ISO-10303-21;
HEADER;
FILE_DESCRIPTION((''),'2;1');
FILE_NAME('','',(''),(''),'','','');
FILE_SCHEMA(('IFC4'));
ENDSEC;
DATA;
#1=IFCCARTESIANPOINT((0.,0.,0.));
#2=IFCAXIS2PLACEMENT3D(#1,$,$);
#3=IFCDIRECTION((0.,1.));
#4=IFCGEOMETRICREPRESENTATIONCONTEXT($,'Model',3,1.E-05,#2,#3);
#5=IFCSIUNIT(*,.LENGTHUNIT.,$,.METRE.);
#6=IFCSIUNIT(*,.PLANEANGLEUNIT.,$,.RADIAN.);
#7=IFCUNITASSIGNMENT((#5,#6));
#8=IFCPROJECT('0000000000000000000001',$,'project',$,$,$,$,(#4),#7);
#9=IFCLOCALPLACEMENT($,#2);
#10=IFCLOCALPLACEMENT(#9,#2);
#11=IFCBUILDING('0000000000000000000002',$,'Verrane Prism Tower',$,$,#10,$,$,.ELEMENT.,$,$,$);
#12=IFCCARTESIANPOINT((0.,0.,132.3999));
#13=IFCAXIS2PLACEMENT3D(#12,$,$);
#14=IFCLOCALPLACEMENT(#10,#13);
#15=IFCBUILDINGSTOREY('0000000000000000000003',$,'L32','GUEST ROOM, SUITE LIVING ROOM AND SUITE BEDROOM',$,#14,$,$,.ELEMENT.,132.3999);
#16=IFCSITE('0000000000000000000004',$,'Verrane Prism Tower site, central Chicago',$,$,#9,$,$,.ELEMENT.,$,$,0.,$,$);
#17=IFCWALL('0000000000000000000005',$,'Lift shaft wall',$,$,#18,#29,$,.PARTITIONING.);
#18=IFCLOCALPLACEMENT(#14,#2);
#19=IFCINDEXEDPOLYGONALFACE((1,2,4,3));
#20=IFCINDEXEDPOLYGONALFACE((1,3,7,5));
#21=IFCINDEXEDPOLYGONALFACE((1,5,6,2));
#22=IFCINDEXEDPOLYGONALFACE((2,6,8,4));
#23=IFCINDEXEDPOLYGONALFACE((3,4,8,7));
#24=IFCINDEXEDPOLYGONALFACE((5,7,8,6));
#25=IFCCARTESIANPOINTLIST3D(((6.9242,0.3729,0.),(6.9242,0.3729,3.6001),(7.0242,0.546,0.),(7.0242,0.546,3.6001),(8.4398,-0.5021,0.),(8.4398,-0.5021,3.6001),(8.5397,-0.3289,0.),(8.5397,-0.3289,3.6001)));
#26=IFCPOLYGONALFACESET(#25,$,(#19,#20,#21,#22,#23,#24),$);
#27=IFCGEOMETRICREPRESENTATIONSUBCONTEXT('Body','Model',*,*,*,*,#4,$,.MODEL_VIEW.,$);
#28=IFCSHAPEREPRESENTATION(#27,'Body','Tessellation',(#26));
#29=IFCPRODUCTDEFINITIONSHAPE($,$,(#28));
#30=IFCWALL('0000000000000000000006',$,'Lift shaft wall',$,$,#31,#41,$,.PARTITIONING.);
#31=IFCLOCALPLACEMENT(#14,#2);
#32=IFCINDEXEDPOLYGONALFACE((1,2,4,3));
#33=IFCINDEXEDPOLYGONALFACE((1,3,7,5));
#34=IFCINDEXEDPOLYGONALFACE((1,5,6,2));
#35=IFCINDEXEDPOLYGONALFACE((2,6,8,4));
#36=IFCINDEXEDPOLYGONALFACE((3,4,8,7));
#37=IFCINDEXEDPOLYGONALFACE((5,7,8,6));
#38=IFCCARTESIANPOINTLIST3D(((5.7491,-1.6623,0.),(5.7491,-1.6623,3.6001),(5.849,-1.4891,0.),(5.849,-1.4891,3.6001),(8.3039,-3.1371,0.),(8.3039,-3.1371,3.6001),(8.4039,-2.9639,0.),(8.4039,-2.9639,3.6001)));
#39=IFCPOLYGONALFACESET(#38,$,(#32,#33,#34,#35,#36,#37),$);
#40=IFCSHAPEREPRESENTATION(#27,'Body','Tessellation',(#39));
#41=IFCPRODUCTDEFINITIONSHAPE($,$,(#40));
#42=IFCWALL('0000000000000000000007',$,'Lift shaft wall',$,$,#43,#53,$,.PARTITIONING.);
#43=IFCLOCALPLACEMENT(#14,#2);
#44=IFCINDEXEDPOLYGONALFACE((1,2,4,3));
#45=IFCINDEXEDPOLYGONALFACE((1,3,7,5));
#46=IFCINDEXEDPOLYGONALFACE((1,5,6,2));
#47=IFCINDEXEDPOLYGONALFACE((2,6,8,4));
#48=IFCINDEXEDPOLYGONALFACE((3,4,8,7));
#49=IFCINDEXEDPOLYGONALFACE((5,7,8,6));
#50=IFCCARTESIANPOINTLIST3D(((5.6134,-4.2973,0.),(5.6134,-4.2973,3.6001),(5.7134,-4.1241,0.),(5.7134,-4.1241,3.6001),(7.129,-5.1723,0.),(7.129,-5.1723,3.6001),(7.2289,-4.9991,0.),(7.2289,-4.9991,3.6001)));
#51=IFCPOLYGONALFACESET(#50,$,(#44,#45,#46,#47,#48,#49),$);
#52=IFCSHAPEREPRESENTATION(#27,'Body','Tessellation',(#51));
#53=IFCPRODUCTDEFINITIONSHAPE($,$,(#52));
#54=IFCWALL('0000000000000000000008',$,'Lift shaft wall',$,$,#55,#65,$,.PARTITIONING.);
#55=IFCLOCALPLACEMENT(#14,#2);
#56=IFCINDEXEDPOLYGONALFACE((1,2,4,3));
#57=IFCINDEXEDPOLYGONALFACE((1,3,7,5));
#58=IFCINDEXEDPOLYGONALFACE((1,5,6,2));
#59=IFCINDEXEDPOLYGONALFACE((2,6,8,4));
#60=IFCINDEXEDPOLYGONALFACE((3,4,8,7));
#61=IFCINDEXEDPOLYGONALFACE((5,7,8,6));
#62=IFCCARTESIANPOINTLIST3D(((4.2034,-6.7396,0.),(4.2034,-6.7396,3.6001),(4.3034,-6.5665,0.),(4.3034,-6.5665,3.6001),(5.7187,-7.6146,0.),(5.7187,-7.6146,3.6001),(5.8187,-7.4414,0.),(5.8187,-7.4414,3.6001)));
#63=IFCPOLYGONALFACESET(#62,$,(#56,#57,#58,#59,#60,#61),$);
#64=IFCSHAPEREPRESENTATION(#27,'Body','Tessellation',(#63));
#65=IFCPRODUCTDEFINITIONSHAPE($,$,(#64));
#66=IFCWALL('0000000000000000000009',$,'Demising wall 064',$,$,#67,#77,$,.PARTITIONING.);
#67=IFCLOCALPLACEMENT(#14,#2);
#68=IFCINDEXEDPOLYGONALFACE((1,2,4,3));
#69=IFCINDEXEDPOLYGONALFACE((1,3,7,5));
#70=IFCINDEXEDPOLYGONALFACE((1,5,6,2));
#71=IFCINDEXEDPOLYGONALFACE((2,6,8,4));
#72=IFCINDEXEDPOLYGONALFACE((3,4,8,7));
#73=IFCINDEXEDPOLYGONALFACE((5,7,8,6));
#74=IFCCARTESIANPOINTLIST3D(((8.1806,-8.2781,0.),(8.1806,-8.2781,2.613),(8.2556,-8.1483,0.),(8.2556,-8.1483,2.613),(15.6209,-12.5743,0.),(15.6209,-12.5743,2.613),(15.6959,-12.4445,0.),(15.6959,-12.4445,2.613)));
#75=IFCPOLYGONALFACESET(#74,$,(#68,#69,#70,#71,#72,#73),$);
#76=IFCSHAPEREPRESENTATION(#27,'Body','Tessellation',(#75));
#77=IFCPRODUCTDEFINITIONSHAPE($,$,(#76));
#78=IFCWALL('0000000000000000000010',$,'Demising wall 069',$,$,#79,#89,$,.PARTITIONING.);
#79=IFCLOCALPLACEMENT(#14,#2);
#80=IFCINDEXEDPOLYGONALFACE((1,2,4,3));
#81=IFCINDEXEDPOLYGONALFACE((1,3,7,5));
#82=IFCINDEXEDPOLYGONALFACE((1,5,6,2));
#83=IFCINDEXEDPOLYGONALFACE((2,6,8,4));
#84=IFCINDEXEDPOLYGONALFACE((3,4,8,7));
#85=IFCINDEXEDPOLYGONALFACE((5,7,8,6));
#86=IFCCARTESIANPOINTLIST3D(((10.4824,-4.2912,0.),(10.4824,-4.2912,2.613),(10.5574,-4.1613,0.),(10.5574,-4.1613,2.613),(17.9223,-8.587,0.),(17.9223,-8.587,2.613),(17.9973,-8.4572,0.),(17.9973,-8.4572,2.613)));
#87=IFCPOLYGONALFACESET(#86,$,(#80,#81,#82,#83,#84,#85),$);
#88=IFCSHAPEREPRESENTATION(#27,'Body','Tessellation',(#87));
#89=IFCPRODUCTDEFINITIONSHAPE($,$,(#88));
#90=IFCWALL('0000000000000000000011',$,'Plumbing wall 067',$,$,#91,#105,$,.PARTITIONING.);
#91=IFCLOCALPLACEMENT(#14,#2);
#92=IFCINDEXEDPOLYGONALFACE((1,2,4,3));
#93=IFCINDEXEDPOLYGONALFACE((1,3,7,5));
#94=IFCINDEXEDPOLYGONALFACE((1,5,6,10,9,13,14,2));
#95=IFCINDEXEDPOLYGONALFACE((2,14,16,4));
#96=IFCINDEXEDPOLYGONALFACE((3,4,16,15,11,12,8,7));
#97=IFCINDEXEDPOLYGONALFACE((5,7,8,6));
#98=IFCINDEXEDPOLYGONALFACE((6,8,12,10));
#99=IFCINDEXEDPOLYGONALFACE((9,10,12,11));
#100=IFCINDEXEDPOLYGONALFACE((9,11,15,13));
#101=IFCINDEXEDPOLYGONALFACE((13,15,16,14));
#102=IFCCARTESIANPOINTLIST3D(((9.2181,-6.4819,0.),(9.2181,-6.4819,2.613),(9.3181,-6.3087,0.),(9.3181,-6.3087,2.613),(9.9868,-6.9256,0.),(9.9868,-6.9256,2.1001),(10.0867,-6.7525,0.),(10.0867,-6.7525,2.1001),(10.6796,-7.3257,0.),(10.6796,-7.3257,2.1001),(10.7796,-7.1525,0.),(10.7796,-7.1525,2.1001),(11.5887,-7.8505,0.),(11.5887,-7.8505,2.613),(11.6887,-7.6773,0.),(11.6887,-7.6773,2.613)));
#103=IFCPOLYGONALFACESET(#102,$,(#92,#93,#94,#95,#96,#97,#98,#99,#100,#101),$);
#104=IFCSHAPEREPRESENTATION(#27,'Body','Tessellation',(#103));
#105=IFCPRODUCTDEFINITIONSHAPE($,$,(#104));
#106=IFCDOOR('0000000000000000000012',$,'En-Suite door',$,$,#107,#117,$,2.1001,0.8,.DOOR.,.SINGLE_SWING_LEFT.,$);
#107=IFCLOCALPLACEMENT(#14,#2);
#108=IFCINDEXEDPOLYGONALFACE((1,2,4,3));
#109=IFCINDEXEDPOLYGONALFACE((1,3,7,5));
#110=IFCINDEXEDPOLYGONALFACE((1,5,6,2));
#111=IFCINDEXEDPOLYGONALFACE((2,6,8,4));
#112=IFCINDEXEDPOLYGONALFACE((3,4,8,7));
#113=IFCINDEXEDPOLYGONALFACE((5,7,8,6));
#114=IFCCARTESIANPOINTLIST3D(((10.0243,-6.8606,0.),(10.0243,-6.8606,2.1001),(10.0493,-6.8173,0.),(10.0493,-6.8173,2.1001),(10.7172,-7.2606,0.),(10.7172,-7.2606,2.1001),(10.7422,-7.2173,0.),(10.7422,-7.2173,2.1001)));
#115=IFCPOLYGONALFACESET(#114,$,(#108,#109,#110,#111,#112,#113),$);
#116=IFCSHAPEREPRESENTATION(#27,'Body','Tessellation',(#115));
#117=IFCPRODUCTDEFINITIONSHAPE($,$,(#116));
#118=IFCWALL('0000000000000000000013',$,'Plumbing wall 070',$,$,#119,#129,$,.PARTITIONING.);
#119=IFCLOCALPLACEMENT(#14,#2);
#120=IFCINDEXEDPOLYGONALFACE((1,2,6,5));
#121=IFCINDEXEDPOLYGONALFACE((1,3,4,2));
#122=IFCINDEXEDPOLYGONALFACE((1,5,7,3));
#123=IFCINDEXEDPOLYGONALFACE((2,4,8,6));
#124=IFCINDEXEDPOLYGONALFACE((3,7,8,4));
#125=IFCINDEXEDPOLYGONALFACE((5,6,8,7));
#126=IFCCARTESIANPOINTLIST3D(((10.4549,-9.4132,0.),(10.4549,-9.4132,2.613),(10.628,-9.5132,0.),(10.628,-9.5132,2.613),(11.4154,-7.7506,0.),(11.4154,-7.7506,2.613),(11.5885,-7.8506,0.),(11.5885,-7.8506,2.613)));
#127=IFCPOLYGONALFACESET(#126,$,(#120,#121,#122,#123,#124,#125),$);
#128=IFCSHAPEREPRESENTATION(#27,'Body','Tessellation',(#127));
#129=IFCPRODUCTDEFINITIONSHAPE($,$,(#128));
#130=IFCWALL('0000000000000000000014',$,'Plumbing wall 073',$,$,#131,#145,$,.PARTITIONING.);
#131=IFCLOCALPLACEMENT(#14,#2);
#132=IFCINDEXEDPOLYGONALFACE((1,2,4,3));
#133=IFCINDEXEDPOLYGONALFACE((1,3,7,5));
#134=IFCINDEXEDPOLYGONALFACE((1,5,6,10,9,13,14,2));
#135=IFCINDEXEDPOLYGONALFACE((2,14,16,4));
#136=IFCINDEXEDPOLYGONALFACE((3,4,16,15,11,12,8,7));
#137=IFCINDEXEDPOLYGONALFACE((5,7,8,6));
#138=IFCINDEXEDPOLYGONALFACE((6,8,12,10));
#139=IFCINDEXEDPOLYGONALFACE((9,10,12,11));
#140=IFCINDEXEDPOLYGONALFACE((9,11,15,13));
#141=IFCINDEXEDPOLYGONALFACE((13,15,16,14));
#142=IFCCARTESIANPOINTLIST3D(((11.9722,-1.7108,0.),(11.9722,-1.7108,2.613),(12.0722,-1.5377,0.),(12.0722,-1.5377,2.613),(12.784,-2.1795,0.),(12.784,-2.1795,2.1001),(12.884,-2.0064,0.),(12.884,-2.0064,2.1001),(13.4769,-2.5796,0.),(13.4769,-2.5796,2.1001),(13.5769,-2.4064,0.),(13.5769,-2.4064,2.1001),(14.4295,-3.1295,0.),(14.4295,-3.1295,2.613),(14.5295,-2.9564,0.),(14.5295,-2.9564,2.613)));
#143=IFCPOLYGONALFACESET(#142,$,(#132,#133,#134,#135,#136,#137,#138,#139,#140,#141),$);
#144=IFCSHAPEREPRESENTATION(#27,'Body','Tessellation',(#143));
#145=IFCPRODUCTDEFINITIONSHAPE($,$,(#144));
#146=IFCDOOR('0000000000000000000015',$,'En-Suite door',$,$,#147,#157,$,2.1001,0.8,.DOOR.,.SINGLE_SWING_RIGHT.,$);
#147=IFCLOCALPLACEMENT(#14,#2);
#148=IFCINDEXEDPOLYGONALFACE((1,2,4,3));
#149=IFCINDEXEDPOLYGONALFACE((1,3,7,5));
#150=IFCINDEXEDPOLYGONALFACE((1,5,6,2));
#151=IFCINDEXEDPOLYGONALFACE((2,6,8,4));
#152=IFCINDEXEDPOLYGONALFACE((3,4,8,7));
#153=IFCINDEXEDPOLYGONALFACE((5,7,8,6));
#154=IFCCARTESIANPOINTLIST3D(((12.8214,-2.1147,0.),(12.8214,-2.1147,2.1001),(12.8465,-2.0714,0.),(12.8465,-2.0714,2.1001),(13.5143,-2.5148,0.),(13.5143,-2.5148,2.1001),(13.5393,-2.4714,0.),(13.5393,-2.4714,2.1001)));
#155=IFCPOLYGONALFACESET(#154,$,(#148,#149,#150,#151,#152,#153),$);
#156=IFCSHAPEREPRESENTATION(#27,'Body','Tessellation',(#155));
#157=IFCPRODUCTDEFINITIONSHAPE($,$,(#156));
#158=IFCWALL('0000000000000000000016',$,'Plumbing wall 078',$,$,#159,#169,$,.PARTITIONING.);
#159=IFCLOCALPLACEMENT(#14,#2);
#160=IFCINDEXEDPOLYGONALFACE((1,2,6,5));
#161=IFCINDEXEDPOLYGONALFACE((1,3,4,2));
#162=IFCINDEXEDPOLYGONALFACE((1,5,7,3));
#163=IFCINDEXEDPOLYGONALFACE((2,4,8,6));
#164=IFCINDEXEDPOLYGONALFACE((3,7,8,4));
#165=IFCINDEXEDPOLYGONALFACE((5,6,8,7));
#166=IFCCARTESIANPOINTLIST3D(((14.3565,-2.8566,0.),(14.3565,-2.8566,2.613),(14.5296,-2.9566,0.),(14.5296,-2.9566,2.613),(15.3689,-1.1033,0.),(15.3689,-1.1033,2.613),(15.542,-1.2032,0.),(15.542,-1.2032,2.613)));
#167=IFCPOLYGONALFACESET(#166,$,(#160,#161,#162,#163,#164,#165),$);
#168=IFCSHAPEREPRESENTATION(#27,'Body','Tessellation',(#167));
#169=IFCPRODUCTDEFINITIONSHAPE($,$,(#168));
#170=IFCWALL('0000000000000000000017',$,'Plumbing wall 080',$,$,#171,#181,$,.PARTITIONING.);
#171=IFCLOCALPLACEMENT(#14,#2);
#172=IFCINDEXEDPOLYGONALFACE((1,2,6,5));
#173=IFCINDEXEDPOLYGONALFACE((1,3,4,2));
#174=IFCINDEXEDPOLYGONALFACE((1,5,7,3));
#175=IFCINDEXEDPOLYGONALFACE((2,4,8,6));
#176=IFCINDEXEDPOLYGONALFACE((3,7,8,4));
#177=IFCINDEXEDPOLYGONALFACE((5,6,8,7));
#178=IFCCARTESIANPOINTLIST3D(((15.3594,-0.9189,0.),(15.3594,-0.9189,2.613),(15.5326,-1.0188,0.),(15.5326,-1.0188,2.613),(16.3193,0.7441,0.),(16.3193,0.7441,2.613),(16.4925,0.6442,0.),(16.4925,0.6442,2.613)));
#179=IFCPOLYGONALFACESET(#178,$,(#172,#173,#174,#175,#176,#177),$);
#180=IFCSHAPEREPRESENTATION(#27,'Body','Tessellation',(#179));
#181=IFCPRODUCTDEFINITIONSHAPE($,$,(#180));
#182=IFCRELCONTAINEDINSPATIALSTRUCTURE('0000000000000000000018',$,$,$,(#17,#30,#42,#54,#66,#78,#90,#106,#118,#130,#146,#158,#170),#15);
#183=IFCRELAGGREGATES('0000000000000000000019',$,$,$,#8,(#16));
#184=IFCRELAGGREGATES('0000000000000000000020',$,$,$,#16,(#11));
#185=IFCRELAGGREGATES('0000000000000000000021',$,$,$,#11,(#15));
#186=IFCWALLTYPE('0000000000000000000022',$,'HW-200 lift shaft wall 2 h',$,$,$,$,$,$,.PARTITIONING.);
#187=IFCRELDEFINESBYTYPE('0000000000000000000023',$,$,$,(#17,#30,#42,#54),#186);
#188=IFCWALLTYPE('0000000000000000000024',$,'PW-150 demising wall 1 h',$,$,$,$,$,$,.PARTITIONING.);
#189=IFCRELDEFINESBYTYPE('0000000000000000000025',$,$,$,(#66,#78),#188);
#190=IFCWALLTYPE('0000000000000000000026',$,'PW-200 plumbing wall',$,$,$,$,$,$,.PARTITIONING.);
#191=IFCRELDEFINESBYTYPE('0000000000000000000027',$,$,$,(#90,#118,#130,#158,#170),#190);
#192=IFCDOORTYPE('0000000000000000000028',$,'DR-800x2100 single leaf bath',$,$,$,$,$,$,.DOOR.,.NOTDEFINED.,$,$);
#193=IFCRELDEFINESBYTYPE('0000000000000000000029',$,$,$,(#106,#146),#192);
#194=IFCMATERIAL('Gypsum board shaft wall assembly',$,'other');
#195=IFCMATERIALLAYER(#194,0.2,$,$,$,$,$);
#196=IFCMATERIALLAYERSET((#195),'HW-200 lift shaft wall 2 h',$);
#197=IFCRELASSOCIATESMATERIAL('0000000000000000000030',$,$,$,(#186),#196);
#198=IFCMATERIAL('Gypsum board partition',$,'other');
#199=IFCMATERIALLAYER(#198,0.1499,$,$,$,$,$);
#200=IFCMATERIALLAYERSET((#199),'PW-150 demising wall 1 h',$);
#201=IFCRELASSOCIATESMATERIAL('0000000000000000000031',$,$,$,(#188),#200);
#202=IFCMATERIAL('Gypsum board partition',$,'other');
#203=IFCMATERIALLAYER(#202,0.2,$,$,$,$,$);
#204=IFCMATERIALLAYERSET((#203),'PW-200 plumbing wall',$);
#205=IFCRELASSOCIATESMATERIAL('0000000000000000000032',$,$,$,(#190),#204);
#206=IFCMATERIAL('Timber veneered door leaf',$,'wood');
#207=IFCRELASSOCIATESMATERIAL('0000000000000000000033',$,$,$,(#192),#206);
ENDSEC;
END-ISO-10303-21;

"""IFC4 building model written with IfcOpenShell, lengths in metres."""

from ifc_helpers import new_model, si_unit, direction, frame, frame_2d, origin, place, context, subcontext, project, spatial, rectangle, extrude, material, layer, layer_set, type_object, element, fill, save


model = new_model("IFC4")

# Units and contexts
model_context = context("Model", 3, precision=1e-05, world=origin(), true_north=direction((0.0, 1.0)))
body_context = subcontext(model_context, "Body", "Model", "MODEL_VIEW")
ifc_project = project(units=[si_unit("LENGTHUNIT", "METRE"), si_unit("PLANEANGLEUNIT", "RADIAN")], contexts=[model_context])

# Site, building, storey
site_placement = place(None, origin())
site = spatial("IfcSite", under=ifc_project, at=site_placement, Name="Verrane Prism Tower site, central Chicago", CompositionType="ELEMENT", RefElevation=0.0)
building_placement = place(site_placement, origin())
building = spatial("IfcBuilding", under=site, at=building_placement, Name="Verrane Prism Tower", CompositionType="ELEMENT")
storey_placement = place(building_placement, frame((0.0, 0.0, 132.3999)))
storey = spatial("IfcBuildingStorey", under=building, at=storey_placement, Name="L32", Description="GUEST ROOM, SUITE LIVING ROOM AND SUITE BEDROOM", CompositionType="ELEMENT", Elevation=132.3999)

# Shared definitions
ifc_material_1 = material(Name="Gypsum board shaft wall assembly", Category="other")
ifc_layer_1 = layer(ifc_material_1, 0.2)
ifc_layer_set_1 = layer_set([ifc_layer_1], Name="HW-200 lift shaft wall 2 h")
wall_type_1 = type_object("IfcWallType", Name="HW-200 lift shaft wall 2 h", PredefinedType="PARTITIONING", material=ifc_layer_set_1)

# Walls
wall_1_placement = place(storey_placement, frame((8.4897, -0.4155, 0.0), z_axis=(0.0, 0.0, 1.0), x_axis=(-0.866037, 0.49998, 0.0)))
element("IfcWall", 1, at=wall_1_placement, inside=storey, type_object=wall_type_1, Name="Lift shaft wall", PredefinedType="PARTITIONING", context=body_context, shape_type="SweptSolid", body=[
    extrude(rectangle(XDim=1.75, YDim=0.2, at=frame_2d((0.875, 0.0))), origin(), (0.0, 0.0, 1.0), 3.6001),
])
wall_2_placement = place(storey_placement, frame((8.354, -3.0505, 0.0), z_axis=(0.0, 0.0, 1.0), x_axis=(-0.86606, 0.49994, 0.0)))
element("IfcWall", 2, at=wall_2_placement, inside=storey, type_object=wall_type_1, Name="Lift shaft wall", PredefinedType="PARTITIONING", context=body_context, shape_type="SweptSolid", body=[
    extrude(rectangle(XDim=2.95, YDim=0.2, at=frame_2d((1.4751, 0.0))), origin(), (0.0, 0.0, 1.0), 3.6001),
])
wall_3_placement = place(storey_placement, frame((7.179, -5.0857, 0.0), z_axis=(0.0, 0.0, 1.0), x_axis=(-0.866037, 0.49998, 0.0)))
element("IfcWall", 3, at=wall_3_placement, inside=storey, type_object=wall_type_1, Name="Lift shaft wall", PredefinedType="PARTITIONING", context=body_context, shape_type="SweptSolid", body=[
    extrude(rectangle(XDim=1.75, YDim=0.2, at=frame_2d((0.875, 0.0))), origin(), (0.0, 0.0, 1.0), 3.6001),
])
wall_4_placement = place(storey_placement, frame((5.7688, -7.5281, 0.0), z_axis=(0.0, 0.0, 1.0), x_axis=(-0.866002, 0.50004, 0.0)))
element("IfcWall", 4, at=wall_4_placement, inside=storey, type_object=wall_type_1, Name="Lift shaft wall", PredefinedType="PARTITIONING", context=body_context, shape_type="SweptSolid", body=[
    extrude(rectangle(XDim=1.7498, YDim=0.2, at=frame_2d((0.875, 0.0))), origin(), (0.0, 0.0, 1.0), 3.6001),
])
ifc_material_2 = material(Name="Gypsum board partition", Category="other")
ifc_layer_2 = layer(ifc_material_2, 0.1499)
ifc_layer_set_2 = layer_set([ifc_layer_2], Name="PW-150 demising wall 1 h")
wall_type_2 = type_object("IfcWallType", Name="PW-150 demising wall 1 h", PredefinedType="PARTITIONING", material=ifc_layer_set_2)
wall_5_placement = place(storey_placement, frame((8.218, -8.2131, 0.0), z_axis=(0.0, 0.0, 1.0), x_axis=(0.865998, -0.500048, 0.0)))
element("IfcWall", 5, at=wall_5_placement, inside=storey, type_object=wall_type_2, Name="Demising wall 064", PredefinedType="PARTITIONING", context=body_context, shape_type="SweptSolid", body=[
    extrude(rectangle(XDim=8.5916, YDim=0.1499, at=frame_2d((4.2959, 0.0))), origin(), (0.0, 0.0, 1.0), 2.613),
])
wall_6_placement = place(storey_placement, frame((10.52, -4.2263, 0.0), z_axis=(0.0, 0.0, 1.0), x_axis=(0.866003, -0.500039, 0.0)))
element("IfcWall", 6, at=wall_6_placement, inside=storey, type_object=wall_type_2, Name="Demising wall 069", PredefinedType="PARTITIONING", context=body_context, shape_type="SweptSolid", body=[
    extrude(rectangle(XDim=8.5911, YDim=0.1499, at=frame_2d((4.2954, 0.0))), origin(), (0.0, 0.0, 1.0), 2.613),
])

# Wall, opening, door
ifc_material_3 = material(Name="Gypsum board partition", Category="other")
ifc_layer_3 = layer(ifc_material_3, 0.2)
ifc_layer_set_3 = layer_set([ifc_layer_3], Name="PW-200 plumbing wall")
wall_type_3 = type_object("IfcWallType", Name="PW-200 plumbing wall", PredefinedType="PARTITIONING", material=ifc_layer_set_3)
wall_7_placement = place(storey_placement, frame((11.6387, -7.7639, 0.0), z_axis=(0.0, 0.0, 1.0), x_axis=(-0.866028, 0.499995, 0.0)))
wall_7 = element("IfcWall", 7, at=wall_7_placement, inside=storey, type_object=wall_type_3, Name="Plumbing wall 067", PredefinedType="PARTITIONING", context=body_context, shape_type="SweptSolid", body=[
    extrude(rectangle(XDim=2.7373, YDim=0.2, at=frame_2d((1.3687, 0.0))), origin(), (0.0, 0.0, 1.0), 2.613),
])
opening_1_placement = place(wall_7_placement, frame((1.0498, 0.0, 0.0)))
opening_1 = element("IfcOpeningElement", 8, at=opening_1_placement, cuts=wall_7, PredefinedType="OPENING", context=body_context, shape_type="SweptSolid", body=[
    extrude(rectangle(XDim=0.8, YDim=2.1001, at=frame_2d((0.3999, 1.05))), frame((0.0, 0.1099, 0.0), z_axis=(0.0, -1.0, 0.0), x_axis=(1.0, 0.0, 0.0)), (0.0, 0.0, 1.0), 0.22),
])
ifc_material_4 = material(Name="Timber veneered door leaf", Category="wood")
door_type_1 = type_object("IfcDoorType", Name="DR-800x2100 single leaf bath", OperationType="NOTDEFINED", PredefinedType="DOOR", material=ifc_material_4)
door_1_placement = place(opening_1_placement, origin())
door_1 = element("IfcDoor", 9, at=door_1_placement, inside=storey, type_object=door_type_1, Name="En-Suite door", OperationType="SINGLE_SWING_LEFT", OverallHeight=2.1001, OverallWidth=0.8, PredefinedType="DOOR", context=body_context, shape_type="SweptSolid", body=[
    extrude(rectangle(XDim=0.8, YDim=2.1001, at=frame_2d((0.3999, 1.05))), frame((0.0, 0.0249, 0.0), z_axis=(0.0, -1.0, 0.0), x_axis=(1.0, 0.0, 0.0)), (0.0, 0.0, 1.0), 0.05),
])
fill(opening_1, door_1)

# Wall
wall_8_placement = place(storey_placement, frame((10.5415, -9.4631, 0.0), z_axis=(0.0, 0.0, 1.0), x_axis=(0.500214, 0.865902, 0.0)))
element("IfcWall", 10, at=wall_8_placement, inside=storey, type_object=wall_type_3, Name="Plumbing wall 070", PredefinedType="PARTITIONING", context=body_context, shape_type="SweptSolid", body=[
    extrude(rectangle(XDim=1.9202, YDim=0.2, at=frame_2d((0.96, 0.0))), origin(), (0.0, 0.0, 1.0), 2.613),
])

# Wall, opening, door
wall_9_placement = place(storey_placement, frame((12.0222, -1.6243, 0.0), z_axis=(0.0, 0.0, 1.0), x_axis=(0.866027, -0.499998, 0.0)))
wall_9 = element("IfcWall", 11, at=wall_9_placement, inside=storey, type_object=wall_type_3, Name="Plumbing wall 073", PredefinedType="PARTITIONING", context=body_context, shape_type="SweptSolid", body=[
    extrude(rectangle(XDim=2.8374, YDim=0.2, at=frame_2d((1.4187, 0.0))), origin(), (0.0, 0.0, 1.0), 2.613),
])
opening_2_placement = place(wall_9_placement, frame((0.9375, 0.0, 0.0)))
opening_2 = element("IfcOpeningElement", 12, at=opening_2_placement, cuts=wall_9, PredefinedType="OPENING", context=body_context, shape_type="SweptSolid", body=[
    extrude(rectangle(XDim=0.8, YDim=2.1001, at=frame_2d((0.3999, 1.05))), frame((0.0, 0.1099, 0.0), z_axis=(0.0, -1.0, 0.0), x_axis=(1.0, 0.0, 0.0)), (0.0, 0.0, 1.0), 0.22),
])
door_2_placement = place(opening_2_placement, origin())
door_2 = element("IfcDoor", 13, at=door_2_placement, inside=storey, type_object=door_type_1, Name="En-Suite door", OperationType="SINGLE_SWING_RIGHT", OverallHeight=2.1001, OverallWidth=0.8, PredefinedType="DOOR", context=body_context, shape_type="SweptSolid", body=[
    extrude(rectangle(XDim=0.8, YDim=2.1001, at=frame_2d((0.3999, 1.05))), frame((0.0, 0.0249, 0.0), z_axis=(0.0, -1.0, 0.0), x_axis=(1.0, 0.0, 0.0)), (0.0, 0.0, 1.0), 0.05),
])
fill(opening_2, door_2)

# Walls
wall_10_placement = place(storey_placement, frame((14.4431, -2.9065, 0.0), z_axis=(0.0, 0.0, 1.0), x_axis=(0.500043, 0.866001, 0.0)))
element("IfcWall", 14, at=wall_10_placement, inside=storey, type_object=wall_type_3, Name="Plumbing wall 078", PredefinedType="PARTITIONING", context=body_context, shape_type="SweptSolid", body=[
    extrude(rectangle(XDim=2.0247, YDim=0.2, at=frame_2d((1.0122, 0.0))), origin(), (0.0, 0.0, 1.0), 2.613),
])
wall_11_placement = place(storey_placement, frame((15.446, -0.9688, 0.0), z_axis=(0.0, 0.0, 1.0), x_axis=(0.499913, 0.866075, 0.0)))
element("IfcWall", 15, at=wall_11_placement, inside=storey, type_object=wall_type_3, Name="Plumbing wall 080", PredefinedType="PARTITIONING", context=body_context, shape_type="SweptSolid", body=[
    extrude(rectangle(XDim=1.9202, YDim=0.2, at=frame_2d((0.96, 0.0))), origin(), (0.0, 0.0, 1.0), 2.613),
])

save(model, "model.ifc")
